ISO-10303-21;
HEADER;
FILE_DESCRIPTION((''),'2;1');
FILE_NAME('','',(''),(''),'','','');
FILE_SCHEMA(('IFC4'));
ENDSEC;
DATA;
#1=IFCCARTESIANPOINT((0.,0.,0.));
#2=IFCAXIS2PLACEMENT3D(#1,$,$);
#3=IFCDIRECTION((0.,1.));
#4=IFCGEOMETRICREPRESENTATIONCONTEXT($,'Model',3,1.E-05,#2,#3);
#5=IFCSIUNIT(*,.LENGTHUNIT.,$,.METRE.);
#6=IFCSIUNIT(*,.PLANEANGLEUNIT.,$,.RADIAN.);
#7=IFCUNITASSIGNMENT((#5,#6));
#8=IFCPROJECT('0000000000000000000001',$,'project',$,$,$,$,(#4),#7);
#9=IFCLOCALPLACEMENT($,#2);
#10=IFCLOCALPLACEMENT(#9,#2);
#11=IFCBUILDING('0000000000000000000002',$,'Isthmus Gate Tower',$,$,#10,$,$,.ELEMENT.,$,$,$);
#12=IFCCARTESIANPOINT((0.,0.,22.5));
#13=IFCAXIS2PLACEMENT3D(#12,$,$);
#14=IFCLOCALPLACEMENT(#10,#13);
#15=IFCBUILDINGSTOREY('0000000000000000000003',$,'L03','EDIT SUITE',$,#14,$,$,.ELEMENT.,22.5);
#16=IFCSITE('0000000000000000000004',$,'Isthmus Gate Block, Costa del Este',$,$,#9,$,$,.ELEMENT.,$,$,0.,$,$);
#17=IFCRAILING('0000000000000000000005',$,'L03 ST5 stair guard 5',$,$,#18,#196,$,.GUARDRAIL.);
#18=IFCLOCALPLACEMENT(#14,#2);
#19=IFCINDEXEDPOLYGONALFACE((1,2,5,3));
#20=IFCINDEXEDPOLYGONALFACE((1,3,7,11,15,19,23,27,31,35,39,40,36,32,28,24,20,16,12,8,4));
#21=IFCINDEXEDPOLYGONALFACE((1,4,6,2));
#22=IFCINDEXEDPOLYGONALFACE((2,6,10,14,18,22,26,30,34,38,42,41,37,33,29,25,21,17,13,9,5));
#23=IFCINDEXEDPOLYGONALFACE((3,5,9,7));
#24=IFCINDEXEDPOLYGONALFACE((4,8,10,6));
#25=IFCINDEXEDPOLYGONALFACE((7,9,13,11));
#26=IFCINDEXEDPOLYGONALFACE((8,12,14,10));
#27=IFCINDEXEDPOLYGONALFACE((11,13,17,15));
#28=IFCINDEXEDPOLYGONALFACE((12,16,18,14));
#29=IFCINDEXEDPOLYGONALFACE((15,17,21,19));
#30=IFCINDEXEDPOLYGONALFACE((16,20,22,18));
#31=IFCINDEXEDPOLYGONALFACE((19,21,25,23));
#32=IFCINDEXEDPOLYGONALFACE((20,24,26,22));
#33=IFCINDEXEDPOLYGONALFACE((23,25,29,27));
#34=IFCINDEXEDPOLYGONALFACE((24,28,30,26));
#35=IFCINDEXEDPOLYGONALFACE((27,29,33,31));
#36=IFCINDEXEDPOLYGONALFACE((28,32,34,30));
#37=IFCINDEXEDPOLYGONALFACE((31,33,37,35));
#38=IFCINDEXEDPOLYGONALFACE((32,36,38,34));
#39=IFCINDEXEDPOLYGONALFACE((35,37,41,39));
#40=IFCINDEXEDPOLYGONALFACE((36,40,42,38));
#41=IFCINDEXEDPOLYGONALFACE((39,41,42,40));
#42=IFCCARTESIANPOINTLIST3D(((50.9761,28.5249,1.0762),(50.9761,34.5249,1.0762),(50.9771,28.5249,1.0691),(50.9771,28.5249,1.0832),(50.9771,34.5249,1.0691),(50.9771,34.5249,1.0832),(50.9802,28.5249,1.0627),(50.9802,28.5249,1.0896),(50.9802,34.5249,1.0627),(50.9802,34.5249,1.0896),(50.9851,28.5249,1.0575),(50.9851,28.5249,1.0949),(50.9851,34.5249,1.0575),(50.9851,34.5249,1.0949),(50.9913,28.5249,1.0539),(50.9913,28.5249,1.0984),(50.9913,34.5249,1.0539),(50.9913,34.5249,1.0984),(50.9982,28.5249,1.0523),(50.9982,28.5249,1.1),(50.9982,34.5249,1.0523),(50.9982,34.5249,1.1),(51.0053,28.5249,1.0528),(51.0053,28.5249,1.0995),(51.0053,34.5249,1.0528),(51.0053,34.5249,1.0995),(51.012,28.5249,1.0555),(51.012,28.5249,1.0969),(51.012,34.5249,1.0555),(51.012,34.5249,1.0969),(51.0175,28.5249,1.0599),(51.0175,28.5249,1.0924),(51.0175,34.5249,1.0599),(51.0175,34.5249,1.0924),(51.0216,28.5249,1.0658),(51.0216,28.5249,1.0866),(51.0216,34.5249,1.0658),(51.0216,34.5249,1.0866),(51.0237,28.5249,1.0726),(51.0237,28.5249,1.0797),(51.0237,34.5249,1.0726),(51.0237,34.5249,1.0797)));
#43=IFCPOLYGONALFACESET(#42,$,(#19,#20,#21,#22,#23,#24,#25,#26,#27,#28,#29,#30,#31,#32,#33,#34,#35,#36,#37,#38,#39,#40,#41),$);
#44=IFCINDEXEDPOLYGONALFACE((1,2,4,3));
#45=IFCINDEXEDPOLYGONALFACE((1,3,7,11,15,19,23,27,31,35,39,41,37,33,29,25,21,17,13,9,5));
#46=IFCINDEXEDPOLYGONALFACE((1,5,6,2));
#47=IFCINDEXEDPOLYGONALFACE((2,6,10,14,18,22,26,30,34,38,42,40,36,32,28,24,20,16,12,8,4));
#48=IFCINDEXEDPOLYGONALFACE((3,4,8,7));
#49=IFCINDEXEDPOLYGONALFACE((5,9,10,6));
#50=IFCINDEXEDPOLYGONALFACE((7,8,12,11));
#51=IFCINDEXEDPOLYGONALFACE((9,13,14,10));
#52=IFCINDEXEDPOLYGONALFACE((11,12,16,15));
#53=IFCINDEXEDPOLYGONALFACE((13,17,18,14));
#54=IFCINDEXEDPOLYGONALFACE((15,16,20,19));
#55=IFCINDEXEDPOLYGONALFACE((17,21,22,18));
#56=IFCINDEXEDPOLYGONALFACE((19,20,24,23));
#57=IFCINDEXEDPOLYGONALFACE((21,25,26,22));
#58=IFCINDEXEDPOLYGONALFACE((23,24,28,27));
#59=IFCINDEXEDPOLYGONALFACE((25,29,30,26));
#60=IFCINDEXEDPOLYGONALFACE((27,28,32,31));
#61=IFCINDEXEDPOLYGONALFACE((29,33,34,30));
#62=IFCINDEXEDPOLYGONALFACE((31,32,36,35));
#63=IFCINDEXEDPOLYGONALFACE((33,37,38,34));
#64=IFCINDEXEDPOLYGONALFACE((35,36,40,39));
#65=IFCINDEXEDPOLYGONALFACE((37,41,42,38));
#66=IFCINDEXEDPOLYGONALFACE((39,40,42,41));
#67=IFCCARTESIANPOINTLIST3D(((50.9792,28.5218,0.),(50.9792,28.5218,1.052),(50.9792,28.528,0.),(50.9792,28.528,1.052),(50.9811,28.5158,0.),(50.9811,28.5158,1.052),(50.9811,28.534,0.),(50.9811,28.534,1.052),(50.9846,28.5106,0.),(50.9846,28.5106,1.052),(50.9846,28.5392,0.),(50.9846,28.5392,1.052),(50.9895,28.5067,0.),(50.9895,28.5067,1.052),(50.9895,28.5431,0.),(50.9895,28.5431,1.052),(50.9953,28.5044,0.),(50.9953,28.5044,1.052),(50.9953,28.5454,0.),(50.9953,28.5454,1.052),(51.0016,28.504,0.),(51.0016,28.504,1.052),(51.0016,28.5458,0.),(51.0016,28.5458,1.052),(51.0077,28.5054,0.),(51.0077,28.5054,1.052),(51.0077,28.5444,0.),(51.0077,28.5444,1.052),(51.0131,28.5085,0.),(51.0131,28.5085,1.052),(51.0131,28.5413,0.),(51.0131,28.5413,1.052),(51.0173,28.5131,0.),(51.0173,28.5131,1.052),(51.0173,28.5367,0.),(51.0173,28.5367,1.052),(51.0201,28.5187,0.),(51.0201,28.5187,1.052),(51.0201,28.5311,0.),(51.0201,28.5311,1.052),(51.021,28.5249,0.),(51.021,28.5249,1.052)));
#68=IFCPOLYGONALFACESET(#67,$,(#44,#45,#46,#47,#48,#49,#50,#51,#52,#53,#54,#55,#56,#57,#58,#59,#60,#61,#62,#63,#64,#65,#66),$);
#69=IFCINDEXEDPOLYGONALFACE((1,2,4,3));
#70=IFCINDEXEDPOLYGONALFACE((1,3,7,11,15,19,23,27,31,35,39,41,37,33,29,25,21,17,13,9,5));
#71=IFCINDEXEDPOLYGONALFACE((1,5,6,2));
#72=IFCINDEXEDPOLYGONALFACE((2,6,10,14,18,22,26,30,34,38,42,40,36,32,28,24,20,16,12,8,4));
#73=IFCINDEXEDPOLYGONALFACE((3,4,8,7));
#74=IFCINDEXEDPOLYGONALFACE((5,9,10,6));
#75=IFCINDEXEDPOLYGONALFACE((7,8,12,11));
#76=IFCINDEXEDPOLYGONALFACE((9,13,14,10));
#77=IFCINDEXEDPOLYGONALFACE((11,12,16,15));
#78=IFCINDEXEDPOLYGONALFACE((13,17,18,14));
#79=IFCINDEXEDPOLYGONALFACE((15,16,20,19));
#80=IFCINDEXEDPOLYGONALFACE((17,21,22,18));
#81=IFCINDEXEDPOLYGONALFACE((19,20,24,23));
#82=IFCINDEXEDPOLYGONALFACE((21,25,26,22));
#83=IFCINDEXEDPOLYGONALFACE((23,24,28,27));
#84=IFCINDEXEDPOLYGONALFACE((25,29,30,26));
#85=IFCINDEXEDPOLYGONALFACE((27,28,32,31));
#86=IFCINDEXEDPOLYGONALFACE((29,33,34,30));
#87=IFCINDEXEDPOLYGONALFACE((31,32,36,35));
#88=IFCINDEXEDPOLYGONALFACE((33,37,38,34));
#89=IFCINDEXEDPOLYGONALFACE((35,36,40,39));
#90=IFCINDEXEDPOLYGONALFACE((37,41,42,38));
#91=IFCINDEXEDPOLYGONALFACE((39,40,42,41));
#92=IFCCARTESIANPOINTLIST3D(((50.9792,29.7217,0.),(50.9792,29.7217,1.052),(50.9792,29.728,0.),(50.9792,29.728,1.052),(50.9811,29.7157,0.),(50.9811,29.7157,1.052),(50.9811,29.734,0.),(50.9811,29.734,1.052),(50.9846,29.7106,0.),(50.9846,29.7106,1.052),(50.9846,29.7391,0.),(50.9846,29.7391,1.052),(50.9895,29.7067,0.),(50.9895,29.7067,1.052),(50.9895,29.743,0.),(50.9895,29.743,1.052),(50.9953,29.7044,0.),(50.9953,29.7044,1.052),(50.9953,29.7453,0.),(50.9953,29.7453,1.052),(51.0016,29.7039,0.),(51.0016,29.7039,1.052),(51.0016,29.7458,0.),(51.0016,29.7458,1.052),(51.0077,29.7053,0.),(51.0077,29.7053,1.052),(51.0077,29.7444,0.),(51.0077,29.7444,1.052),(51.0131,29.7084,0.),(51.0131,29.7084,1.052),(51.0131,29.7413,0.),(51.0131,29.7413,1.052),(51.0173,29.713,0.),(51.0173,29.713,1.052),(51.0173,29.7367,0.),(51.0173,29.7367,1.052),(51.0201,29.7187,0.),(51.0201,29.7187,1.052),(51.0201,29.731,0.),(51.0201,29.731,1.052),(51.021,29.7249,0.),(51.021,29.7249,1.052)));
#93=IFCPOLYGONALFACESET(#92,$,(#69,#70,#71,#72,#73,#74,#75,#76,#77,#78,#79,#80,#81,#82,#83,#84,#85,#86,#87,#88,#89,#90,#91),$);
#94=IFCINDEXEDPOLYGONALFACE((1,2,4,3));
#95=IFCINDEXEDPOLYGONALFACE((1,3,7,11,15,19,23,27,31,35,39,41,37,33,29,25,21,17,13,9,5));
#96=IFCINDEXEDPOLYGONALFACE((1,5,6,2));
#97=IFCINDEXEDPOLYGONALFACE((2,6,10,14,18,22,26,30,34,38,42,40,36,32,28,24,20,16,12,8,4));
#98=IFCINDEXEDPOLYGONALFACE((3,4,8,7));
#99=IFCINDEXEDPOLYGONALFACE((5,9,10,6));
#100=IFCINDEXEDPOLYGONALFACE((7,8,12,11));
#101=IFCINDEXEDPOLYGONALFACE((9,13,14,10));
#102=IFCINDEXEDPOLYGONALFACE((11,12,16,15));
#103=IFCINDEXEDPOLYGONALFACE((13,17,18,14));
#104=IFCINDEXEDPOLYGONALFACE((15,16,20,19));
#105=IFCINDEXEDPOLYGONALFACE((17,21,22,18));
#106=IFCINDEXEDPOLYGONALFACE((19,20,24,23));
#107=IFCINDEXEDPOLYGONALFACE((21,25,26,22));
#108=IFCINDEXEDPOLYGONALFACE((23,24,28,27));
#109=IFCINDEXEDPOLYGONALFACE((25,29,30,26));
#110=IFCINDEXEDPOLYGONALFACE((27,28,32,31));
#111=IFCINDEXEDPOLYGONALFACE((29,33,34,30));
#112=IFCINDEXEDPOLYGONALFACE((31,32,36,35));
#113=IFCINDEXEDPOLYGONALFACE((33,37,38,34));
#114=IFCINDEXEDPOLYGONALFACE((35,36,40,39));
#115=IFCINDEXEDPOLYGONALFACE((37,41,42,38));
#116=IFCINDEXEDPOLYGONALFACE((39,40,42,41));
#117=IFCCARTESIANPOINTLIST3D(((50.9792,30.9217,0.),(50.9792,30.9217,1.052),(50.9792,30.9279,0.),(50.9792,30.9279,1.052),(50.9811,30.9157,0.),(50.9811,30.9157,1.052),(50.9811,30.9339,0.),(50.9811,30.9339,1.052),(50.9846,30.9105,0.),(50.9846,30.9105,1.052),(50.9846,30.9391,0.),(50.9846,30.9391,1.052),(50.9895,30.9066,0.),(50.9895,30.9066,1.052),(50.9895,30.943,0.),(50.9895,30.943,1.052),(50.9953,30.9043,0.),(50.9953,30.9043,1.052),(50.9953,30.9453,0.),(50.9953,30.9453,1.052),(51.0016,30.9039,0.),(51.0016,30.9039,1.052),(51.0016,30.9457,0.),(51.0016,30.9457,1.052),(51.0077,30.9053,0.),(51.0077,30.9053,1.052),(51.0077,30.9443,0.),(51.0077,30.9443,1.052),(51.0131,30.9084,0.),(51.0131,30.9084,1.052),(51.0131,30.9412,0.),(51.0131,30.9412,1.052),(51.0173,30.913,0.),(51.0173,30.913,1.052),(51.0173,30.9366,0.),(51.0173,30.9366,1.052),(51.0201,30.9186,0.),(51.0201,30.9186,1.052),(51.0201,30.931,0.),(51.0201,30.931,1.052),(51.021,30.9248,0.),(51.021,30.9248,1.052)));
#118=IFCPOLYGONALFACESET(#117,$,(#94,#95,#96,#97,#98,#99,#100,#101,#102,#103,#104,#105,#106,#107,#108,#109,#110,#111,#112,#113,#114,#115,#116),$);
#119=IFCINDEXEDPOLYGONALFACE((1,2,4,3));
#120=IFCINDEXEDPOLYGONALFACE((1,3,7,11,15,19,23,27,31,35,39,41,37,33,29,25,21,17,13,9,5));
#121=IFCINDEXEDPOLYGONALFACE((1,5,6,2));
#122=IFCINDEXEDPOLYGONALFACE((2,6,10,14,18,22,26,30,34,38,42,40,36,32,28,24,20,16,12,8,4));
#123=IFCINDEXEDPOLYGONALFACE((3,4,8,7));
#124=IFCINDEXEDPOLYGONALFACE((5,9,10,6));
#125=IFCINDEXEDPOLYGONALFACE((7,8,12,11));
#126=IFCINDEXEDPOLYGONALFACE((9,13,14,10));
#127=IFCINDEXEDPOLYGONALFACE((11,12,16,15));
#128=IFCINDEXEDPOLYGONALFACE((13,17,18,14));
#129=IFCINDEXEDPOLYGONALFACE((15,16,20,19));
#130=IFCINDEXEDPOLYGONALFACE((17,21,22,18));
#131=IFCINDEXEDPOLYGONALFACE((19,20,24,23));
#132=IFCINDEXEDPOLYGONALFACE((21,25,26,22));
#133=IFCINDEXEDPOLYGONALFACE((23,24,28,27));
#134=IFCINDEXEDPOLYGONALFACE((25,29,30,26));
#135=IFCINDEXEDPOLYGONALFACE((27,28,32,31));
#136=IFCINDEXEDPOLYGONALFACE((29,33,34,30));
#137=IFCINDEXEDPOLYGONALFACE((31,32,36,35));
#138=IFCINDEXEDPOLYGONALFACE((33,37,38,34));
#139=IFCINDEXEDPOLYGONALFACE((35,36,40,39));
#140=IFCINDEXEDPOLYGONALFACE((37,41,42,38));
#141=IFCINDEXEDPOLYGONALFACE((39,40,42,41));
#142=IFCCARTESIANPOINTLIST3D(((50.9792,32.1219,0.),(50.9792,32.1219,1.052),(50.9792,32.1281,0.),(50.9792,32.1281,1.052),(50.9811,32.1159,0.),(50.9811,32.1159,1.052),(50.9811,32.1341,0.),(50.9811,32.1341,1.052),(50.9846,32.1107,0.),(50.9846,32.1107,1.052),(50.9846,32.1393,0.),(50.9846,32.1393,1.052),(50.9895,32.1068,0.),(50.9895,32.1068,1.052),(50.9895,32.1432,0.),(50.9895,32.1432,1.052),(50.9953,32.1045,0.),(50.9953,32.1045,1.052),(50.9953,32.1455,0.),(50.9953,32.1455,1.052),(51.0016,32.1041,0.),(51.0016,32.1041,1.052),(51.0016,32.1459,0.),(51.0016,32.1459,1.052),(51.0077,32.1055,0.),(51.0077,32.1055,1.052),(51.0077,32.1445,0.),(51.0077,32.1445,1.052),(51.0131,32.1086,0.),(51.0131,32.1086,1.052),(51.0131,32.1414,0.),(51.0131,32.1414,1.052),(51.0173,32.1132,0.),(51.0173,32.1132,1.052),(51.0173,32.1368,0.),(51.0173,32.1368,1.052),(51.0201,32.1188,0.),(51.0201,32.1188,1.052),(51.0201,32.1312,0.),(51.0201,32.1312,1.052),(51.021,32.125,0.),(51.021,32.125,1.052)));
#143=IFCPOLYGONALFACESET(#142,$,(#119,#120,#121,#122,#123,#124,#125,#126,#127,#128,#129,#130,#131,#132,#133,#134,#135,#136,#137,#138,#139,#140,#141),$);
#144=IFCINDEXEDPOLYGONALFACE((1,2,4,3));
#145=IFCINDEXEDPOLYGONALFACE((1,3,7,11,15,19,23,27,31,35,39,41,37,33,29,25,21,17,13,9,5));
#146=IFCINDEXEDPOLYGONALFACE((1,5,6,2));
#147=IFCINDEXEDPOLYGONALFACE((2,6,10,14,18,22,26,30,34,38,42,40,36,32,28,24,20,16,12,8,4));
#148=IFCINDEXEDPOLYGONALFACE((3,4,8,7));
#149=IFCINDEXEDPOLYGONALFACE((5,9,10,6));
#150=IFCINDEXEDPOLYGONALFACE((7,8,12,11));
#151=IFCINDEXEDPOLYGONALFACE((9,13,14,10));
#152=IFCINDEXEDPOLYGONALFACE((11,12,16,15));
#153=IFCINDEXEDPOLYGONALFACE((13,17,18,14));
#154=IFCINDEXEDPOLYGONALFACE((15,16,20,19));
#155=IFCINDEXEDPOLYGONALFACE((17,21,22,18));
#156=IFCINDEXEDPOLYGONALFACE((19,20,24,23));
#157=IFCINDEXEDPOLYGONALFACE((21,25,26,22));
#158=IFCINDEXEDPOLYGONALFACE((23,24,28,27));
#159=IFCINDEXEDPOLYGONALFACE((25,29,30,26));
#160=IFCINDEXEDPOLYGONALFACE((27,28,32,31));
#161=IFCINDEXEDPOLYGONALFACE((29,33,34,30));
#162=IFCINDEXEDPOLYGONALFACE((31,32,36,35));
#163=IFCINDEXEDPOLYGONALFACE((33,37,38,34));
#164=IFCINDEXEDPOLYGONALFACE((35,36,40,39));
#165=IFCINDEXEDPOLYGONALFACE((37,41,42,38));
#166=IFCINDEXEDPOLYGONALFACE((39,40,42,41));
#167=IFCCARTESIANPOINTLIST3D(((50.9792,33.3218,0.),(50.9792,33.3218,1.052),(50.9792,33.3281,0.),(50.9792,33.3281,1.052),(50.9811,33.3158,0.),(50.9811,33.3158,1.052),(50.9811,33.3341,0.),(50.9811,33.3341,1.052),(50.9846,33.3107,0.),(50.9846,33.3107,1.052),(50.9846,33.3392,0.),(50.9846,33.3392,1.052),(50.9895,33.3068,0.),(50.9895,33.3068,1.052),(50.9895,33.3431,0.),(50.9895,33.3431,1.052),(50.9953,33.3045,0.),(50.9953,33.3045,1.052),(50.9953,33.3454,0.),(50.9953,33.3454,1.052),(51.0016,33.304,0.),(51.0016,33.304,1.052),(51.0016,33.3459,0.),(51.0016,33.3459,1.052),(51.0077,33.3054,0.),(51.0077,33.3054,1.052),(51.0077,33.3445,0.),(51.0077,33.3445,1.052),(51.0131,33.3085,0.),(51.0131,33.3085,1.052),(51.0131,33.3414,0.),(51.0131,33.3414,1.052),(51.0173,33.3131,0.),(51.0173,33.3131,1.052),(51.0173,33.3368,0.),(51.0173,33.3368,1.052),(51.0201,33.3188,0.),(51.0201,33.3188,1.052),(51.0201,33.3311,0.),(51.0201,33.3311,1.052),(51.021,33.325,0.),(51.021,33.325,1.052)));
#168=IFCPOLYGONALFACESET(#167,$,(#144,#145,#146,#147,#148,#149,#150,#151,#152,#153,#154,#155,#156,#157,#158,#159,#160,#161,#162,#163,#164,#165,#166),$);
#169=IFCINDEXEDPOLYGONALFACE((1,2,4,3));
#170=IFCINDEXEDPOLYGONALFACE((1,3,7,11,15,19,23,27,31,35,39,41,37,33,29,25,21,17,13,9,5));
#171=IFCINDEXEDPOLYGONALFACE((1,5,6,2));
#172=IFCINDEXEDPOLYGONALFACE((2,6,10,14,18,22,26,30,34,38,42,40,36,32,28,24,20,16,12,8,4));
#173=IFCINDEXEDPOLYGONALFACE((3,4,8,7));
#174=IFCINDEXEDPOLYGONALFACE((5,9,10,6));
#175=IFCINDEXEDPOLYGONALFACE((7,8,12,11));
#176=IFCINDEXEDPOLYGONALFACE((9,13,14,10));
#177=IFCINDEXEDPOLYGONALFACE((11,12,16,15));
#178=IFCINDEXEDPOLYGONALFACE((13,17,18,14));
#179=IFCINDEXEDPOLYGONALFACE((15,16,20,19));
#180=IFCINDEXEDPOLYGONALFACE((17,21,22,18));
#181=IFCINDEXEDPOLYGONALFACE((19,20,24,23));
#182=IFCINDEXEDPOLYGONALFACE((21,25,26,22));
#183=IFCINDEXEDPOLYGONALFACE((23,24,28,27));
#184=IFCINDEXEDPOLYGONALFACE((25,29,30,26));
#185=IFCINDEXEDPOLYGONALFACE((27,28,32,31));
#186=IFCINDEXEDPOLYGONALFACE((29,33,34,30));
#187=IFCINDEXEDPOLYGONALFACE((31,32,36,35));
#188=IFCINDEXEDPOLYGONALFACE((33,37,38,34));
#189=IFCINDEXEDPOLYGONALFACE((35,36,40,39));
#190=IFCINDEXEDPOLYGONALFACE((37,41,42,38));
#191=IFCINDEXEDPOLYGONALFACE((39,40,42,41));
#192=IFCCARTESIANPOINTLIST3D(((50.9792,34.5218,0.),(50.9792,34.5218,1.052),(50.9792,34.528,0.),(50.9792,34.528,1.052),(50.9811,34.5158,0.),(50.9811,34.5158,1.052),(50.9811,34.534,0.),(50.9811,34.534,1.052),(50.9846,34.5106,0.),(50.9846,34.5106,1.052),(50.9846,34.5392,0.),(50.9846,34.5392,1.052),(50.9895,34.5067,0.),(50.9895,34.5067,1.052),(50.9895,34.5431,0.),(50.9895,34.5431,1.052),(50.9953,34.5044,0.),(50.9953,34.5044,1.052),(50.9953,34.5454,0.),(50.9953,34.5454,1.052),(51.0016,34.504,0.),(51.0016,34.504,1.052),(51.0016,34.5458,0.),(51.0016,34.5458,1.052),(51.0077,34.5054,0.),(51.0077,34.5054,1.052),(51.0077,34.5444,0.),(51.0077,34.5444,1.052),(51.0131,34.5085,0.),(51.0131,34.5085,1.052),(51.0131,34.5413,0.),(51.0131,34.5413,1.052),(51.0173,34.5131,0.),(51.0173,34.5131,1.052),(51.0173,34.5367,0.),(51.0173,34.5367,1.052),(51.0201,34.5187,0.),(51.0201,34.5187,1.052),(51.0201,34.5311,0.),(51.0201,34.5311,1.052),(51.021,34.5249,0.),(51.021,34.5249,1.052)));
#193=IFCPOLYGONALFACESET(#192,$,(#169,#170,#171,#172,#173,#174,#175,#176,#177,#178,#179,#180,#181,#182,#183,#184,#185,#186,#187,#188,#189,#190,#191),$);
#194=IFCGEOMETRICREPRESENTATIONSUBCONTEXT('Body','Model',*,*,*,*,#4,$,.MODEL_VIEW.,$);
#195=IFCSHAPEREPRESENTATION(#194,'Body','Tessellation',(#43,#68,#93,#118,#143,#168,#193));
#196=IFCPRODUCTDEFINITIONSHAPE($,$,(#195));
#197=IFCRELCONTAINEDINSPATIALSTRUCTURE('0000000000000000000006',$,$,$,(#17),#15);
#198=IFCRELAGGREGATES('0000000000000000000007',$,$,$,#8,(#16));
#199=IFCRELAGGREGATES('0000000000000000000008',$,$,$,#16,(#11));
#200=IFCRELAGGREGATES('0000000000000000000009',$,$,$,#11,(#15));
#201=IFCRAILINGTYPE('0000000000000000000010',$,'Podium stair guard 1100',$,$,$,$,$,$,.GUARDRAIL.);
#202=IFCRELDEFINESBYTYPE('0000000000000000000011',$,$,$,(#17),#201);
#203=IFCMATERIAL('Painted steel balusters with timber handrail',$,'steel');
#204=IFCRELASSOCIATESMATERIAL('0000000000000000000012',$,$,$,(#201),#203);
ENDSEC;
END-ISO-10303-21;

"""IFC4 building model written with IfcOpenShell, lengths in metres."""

from ifc_helpers import new_model, si_unit, direction, frame, origin, origin_2d, place, context, subcontext, project, spatial, circle, extrude, material, type_object, element, save


model = new_model("IFC4")

# Units and contexts
model_context = context("Model", 3, precision=1e-05, world=origin(), true_north=direction((0.0, 1.0)))
body_context = subcontext(model_context, "Body", "Model", "MODEL_VIEW")
ifc_project = project(units=[si_unit("LENGTHUNIT", "METRE"), si_unit("PLANEANGLEUNIT", "RADIAN")], contexts=[model_context])

# Site, building, storey
site_placement = place(None, origin())
site = spatial("IfcSite", under=ifc_project, at=site_placement, Name="Isthmus Gate Block, Costa del Este", CompositionType="ELEMENT", RefElevation=0.0)
building_placement = place(site_placement, origin())
building = spatial("IfcBuilding", under=site, at=building_placement, Name="Isthmus Gate Tower", CompositionType="ELEMENT")
storey_placement = place(building_placement, frame((0.0, 0.0, 22.5)))
storey = spatial("IfcBuildingStorey", under=building, at=storey_placement, Name="L03", Description="EDIT SUITE", CompositionType="ELEMENT", Elevation=22.5)

# Railing
ifc_material_1 = material(Name="Painted steel balusters with timber handrail", Category="steel")
railing_type_1 = type_object("IfcRailingType", Name="Podium stair guard 1100", PredefinedType="GUARDRAIL", material=ifc_material_1)
railing_1_placement = place(storey_placement, frame((51.0, 28.5249, 0.0)))
element("IfcRailing", 1, at=railing_1_placement, inside=storey, type_object=railing_type_1, Name="L03 ST5 stair guard 5", PredefinedType="GUARDRAIL", context=body_context, shape_type="SweptSolid", body=[
    extrude(circle(Radius=0.0239, at=origin_2d()), frame((0.0, 0.0, 1.0762), z_axis=(0.0, 1.0, 0.0), x_axis=(-1.0, 0.0, 0.0)), (0.0, 0.0, 1.0), 6.0),
    extrude(circle(Radius=0.021, at=origin_2d()), origin(), (0.0, 0.0, 1.0), 1.052),
    extrude(circle(Radius=0.021, at=origin_2d()), frame((0.0, 1.2, 0.0)), (0.0, 0.0, 1.0), 1.052),
    extrude(circle(Radius=0.021, at=origin_2d()), frame((0.0, 2.3999, 0.0)), (0.0, 0.0, 1.0), 1.052),
    extrude(circle(Radius=0.021, at=origin_2d()), frame((0.0, 3.6001, 0.0)), (0.0, 0.0, 1.0), 1.052),
    extrude(circle(Radius=0.021, at=origin_2d()), frame((0.0, 4.8, 0.0)), (0.0, 0.0, 1.0), 1.052),
    extrude(circle(Radius=0.021, at=origin_2d()), frame((0.0, 6.0, 0.0)), (0.0, 0.0, 1.0), 1.052),
])

save(model, "model.ifc")
